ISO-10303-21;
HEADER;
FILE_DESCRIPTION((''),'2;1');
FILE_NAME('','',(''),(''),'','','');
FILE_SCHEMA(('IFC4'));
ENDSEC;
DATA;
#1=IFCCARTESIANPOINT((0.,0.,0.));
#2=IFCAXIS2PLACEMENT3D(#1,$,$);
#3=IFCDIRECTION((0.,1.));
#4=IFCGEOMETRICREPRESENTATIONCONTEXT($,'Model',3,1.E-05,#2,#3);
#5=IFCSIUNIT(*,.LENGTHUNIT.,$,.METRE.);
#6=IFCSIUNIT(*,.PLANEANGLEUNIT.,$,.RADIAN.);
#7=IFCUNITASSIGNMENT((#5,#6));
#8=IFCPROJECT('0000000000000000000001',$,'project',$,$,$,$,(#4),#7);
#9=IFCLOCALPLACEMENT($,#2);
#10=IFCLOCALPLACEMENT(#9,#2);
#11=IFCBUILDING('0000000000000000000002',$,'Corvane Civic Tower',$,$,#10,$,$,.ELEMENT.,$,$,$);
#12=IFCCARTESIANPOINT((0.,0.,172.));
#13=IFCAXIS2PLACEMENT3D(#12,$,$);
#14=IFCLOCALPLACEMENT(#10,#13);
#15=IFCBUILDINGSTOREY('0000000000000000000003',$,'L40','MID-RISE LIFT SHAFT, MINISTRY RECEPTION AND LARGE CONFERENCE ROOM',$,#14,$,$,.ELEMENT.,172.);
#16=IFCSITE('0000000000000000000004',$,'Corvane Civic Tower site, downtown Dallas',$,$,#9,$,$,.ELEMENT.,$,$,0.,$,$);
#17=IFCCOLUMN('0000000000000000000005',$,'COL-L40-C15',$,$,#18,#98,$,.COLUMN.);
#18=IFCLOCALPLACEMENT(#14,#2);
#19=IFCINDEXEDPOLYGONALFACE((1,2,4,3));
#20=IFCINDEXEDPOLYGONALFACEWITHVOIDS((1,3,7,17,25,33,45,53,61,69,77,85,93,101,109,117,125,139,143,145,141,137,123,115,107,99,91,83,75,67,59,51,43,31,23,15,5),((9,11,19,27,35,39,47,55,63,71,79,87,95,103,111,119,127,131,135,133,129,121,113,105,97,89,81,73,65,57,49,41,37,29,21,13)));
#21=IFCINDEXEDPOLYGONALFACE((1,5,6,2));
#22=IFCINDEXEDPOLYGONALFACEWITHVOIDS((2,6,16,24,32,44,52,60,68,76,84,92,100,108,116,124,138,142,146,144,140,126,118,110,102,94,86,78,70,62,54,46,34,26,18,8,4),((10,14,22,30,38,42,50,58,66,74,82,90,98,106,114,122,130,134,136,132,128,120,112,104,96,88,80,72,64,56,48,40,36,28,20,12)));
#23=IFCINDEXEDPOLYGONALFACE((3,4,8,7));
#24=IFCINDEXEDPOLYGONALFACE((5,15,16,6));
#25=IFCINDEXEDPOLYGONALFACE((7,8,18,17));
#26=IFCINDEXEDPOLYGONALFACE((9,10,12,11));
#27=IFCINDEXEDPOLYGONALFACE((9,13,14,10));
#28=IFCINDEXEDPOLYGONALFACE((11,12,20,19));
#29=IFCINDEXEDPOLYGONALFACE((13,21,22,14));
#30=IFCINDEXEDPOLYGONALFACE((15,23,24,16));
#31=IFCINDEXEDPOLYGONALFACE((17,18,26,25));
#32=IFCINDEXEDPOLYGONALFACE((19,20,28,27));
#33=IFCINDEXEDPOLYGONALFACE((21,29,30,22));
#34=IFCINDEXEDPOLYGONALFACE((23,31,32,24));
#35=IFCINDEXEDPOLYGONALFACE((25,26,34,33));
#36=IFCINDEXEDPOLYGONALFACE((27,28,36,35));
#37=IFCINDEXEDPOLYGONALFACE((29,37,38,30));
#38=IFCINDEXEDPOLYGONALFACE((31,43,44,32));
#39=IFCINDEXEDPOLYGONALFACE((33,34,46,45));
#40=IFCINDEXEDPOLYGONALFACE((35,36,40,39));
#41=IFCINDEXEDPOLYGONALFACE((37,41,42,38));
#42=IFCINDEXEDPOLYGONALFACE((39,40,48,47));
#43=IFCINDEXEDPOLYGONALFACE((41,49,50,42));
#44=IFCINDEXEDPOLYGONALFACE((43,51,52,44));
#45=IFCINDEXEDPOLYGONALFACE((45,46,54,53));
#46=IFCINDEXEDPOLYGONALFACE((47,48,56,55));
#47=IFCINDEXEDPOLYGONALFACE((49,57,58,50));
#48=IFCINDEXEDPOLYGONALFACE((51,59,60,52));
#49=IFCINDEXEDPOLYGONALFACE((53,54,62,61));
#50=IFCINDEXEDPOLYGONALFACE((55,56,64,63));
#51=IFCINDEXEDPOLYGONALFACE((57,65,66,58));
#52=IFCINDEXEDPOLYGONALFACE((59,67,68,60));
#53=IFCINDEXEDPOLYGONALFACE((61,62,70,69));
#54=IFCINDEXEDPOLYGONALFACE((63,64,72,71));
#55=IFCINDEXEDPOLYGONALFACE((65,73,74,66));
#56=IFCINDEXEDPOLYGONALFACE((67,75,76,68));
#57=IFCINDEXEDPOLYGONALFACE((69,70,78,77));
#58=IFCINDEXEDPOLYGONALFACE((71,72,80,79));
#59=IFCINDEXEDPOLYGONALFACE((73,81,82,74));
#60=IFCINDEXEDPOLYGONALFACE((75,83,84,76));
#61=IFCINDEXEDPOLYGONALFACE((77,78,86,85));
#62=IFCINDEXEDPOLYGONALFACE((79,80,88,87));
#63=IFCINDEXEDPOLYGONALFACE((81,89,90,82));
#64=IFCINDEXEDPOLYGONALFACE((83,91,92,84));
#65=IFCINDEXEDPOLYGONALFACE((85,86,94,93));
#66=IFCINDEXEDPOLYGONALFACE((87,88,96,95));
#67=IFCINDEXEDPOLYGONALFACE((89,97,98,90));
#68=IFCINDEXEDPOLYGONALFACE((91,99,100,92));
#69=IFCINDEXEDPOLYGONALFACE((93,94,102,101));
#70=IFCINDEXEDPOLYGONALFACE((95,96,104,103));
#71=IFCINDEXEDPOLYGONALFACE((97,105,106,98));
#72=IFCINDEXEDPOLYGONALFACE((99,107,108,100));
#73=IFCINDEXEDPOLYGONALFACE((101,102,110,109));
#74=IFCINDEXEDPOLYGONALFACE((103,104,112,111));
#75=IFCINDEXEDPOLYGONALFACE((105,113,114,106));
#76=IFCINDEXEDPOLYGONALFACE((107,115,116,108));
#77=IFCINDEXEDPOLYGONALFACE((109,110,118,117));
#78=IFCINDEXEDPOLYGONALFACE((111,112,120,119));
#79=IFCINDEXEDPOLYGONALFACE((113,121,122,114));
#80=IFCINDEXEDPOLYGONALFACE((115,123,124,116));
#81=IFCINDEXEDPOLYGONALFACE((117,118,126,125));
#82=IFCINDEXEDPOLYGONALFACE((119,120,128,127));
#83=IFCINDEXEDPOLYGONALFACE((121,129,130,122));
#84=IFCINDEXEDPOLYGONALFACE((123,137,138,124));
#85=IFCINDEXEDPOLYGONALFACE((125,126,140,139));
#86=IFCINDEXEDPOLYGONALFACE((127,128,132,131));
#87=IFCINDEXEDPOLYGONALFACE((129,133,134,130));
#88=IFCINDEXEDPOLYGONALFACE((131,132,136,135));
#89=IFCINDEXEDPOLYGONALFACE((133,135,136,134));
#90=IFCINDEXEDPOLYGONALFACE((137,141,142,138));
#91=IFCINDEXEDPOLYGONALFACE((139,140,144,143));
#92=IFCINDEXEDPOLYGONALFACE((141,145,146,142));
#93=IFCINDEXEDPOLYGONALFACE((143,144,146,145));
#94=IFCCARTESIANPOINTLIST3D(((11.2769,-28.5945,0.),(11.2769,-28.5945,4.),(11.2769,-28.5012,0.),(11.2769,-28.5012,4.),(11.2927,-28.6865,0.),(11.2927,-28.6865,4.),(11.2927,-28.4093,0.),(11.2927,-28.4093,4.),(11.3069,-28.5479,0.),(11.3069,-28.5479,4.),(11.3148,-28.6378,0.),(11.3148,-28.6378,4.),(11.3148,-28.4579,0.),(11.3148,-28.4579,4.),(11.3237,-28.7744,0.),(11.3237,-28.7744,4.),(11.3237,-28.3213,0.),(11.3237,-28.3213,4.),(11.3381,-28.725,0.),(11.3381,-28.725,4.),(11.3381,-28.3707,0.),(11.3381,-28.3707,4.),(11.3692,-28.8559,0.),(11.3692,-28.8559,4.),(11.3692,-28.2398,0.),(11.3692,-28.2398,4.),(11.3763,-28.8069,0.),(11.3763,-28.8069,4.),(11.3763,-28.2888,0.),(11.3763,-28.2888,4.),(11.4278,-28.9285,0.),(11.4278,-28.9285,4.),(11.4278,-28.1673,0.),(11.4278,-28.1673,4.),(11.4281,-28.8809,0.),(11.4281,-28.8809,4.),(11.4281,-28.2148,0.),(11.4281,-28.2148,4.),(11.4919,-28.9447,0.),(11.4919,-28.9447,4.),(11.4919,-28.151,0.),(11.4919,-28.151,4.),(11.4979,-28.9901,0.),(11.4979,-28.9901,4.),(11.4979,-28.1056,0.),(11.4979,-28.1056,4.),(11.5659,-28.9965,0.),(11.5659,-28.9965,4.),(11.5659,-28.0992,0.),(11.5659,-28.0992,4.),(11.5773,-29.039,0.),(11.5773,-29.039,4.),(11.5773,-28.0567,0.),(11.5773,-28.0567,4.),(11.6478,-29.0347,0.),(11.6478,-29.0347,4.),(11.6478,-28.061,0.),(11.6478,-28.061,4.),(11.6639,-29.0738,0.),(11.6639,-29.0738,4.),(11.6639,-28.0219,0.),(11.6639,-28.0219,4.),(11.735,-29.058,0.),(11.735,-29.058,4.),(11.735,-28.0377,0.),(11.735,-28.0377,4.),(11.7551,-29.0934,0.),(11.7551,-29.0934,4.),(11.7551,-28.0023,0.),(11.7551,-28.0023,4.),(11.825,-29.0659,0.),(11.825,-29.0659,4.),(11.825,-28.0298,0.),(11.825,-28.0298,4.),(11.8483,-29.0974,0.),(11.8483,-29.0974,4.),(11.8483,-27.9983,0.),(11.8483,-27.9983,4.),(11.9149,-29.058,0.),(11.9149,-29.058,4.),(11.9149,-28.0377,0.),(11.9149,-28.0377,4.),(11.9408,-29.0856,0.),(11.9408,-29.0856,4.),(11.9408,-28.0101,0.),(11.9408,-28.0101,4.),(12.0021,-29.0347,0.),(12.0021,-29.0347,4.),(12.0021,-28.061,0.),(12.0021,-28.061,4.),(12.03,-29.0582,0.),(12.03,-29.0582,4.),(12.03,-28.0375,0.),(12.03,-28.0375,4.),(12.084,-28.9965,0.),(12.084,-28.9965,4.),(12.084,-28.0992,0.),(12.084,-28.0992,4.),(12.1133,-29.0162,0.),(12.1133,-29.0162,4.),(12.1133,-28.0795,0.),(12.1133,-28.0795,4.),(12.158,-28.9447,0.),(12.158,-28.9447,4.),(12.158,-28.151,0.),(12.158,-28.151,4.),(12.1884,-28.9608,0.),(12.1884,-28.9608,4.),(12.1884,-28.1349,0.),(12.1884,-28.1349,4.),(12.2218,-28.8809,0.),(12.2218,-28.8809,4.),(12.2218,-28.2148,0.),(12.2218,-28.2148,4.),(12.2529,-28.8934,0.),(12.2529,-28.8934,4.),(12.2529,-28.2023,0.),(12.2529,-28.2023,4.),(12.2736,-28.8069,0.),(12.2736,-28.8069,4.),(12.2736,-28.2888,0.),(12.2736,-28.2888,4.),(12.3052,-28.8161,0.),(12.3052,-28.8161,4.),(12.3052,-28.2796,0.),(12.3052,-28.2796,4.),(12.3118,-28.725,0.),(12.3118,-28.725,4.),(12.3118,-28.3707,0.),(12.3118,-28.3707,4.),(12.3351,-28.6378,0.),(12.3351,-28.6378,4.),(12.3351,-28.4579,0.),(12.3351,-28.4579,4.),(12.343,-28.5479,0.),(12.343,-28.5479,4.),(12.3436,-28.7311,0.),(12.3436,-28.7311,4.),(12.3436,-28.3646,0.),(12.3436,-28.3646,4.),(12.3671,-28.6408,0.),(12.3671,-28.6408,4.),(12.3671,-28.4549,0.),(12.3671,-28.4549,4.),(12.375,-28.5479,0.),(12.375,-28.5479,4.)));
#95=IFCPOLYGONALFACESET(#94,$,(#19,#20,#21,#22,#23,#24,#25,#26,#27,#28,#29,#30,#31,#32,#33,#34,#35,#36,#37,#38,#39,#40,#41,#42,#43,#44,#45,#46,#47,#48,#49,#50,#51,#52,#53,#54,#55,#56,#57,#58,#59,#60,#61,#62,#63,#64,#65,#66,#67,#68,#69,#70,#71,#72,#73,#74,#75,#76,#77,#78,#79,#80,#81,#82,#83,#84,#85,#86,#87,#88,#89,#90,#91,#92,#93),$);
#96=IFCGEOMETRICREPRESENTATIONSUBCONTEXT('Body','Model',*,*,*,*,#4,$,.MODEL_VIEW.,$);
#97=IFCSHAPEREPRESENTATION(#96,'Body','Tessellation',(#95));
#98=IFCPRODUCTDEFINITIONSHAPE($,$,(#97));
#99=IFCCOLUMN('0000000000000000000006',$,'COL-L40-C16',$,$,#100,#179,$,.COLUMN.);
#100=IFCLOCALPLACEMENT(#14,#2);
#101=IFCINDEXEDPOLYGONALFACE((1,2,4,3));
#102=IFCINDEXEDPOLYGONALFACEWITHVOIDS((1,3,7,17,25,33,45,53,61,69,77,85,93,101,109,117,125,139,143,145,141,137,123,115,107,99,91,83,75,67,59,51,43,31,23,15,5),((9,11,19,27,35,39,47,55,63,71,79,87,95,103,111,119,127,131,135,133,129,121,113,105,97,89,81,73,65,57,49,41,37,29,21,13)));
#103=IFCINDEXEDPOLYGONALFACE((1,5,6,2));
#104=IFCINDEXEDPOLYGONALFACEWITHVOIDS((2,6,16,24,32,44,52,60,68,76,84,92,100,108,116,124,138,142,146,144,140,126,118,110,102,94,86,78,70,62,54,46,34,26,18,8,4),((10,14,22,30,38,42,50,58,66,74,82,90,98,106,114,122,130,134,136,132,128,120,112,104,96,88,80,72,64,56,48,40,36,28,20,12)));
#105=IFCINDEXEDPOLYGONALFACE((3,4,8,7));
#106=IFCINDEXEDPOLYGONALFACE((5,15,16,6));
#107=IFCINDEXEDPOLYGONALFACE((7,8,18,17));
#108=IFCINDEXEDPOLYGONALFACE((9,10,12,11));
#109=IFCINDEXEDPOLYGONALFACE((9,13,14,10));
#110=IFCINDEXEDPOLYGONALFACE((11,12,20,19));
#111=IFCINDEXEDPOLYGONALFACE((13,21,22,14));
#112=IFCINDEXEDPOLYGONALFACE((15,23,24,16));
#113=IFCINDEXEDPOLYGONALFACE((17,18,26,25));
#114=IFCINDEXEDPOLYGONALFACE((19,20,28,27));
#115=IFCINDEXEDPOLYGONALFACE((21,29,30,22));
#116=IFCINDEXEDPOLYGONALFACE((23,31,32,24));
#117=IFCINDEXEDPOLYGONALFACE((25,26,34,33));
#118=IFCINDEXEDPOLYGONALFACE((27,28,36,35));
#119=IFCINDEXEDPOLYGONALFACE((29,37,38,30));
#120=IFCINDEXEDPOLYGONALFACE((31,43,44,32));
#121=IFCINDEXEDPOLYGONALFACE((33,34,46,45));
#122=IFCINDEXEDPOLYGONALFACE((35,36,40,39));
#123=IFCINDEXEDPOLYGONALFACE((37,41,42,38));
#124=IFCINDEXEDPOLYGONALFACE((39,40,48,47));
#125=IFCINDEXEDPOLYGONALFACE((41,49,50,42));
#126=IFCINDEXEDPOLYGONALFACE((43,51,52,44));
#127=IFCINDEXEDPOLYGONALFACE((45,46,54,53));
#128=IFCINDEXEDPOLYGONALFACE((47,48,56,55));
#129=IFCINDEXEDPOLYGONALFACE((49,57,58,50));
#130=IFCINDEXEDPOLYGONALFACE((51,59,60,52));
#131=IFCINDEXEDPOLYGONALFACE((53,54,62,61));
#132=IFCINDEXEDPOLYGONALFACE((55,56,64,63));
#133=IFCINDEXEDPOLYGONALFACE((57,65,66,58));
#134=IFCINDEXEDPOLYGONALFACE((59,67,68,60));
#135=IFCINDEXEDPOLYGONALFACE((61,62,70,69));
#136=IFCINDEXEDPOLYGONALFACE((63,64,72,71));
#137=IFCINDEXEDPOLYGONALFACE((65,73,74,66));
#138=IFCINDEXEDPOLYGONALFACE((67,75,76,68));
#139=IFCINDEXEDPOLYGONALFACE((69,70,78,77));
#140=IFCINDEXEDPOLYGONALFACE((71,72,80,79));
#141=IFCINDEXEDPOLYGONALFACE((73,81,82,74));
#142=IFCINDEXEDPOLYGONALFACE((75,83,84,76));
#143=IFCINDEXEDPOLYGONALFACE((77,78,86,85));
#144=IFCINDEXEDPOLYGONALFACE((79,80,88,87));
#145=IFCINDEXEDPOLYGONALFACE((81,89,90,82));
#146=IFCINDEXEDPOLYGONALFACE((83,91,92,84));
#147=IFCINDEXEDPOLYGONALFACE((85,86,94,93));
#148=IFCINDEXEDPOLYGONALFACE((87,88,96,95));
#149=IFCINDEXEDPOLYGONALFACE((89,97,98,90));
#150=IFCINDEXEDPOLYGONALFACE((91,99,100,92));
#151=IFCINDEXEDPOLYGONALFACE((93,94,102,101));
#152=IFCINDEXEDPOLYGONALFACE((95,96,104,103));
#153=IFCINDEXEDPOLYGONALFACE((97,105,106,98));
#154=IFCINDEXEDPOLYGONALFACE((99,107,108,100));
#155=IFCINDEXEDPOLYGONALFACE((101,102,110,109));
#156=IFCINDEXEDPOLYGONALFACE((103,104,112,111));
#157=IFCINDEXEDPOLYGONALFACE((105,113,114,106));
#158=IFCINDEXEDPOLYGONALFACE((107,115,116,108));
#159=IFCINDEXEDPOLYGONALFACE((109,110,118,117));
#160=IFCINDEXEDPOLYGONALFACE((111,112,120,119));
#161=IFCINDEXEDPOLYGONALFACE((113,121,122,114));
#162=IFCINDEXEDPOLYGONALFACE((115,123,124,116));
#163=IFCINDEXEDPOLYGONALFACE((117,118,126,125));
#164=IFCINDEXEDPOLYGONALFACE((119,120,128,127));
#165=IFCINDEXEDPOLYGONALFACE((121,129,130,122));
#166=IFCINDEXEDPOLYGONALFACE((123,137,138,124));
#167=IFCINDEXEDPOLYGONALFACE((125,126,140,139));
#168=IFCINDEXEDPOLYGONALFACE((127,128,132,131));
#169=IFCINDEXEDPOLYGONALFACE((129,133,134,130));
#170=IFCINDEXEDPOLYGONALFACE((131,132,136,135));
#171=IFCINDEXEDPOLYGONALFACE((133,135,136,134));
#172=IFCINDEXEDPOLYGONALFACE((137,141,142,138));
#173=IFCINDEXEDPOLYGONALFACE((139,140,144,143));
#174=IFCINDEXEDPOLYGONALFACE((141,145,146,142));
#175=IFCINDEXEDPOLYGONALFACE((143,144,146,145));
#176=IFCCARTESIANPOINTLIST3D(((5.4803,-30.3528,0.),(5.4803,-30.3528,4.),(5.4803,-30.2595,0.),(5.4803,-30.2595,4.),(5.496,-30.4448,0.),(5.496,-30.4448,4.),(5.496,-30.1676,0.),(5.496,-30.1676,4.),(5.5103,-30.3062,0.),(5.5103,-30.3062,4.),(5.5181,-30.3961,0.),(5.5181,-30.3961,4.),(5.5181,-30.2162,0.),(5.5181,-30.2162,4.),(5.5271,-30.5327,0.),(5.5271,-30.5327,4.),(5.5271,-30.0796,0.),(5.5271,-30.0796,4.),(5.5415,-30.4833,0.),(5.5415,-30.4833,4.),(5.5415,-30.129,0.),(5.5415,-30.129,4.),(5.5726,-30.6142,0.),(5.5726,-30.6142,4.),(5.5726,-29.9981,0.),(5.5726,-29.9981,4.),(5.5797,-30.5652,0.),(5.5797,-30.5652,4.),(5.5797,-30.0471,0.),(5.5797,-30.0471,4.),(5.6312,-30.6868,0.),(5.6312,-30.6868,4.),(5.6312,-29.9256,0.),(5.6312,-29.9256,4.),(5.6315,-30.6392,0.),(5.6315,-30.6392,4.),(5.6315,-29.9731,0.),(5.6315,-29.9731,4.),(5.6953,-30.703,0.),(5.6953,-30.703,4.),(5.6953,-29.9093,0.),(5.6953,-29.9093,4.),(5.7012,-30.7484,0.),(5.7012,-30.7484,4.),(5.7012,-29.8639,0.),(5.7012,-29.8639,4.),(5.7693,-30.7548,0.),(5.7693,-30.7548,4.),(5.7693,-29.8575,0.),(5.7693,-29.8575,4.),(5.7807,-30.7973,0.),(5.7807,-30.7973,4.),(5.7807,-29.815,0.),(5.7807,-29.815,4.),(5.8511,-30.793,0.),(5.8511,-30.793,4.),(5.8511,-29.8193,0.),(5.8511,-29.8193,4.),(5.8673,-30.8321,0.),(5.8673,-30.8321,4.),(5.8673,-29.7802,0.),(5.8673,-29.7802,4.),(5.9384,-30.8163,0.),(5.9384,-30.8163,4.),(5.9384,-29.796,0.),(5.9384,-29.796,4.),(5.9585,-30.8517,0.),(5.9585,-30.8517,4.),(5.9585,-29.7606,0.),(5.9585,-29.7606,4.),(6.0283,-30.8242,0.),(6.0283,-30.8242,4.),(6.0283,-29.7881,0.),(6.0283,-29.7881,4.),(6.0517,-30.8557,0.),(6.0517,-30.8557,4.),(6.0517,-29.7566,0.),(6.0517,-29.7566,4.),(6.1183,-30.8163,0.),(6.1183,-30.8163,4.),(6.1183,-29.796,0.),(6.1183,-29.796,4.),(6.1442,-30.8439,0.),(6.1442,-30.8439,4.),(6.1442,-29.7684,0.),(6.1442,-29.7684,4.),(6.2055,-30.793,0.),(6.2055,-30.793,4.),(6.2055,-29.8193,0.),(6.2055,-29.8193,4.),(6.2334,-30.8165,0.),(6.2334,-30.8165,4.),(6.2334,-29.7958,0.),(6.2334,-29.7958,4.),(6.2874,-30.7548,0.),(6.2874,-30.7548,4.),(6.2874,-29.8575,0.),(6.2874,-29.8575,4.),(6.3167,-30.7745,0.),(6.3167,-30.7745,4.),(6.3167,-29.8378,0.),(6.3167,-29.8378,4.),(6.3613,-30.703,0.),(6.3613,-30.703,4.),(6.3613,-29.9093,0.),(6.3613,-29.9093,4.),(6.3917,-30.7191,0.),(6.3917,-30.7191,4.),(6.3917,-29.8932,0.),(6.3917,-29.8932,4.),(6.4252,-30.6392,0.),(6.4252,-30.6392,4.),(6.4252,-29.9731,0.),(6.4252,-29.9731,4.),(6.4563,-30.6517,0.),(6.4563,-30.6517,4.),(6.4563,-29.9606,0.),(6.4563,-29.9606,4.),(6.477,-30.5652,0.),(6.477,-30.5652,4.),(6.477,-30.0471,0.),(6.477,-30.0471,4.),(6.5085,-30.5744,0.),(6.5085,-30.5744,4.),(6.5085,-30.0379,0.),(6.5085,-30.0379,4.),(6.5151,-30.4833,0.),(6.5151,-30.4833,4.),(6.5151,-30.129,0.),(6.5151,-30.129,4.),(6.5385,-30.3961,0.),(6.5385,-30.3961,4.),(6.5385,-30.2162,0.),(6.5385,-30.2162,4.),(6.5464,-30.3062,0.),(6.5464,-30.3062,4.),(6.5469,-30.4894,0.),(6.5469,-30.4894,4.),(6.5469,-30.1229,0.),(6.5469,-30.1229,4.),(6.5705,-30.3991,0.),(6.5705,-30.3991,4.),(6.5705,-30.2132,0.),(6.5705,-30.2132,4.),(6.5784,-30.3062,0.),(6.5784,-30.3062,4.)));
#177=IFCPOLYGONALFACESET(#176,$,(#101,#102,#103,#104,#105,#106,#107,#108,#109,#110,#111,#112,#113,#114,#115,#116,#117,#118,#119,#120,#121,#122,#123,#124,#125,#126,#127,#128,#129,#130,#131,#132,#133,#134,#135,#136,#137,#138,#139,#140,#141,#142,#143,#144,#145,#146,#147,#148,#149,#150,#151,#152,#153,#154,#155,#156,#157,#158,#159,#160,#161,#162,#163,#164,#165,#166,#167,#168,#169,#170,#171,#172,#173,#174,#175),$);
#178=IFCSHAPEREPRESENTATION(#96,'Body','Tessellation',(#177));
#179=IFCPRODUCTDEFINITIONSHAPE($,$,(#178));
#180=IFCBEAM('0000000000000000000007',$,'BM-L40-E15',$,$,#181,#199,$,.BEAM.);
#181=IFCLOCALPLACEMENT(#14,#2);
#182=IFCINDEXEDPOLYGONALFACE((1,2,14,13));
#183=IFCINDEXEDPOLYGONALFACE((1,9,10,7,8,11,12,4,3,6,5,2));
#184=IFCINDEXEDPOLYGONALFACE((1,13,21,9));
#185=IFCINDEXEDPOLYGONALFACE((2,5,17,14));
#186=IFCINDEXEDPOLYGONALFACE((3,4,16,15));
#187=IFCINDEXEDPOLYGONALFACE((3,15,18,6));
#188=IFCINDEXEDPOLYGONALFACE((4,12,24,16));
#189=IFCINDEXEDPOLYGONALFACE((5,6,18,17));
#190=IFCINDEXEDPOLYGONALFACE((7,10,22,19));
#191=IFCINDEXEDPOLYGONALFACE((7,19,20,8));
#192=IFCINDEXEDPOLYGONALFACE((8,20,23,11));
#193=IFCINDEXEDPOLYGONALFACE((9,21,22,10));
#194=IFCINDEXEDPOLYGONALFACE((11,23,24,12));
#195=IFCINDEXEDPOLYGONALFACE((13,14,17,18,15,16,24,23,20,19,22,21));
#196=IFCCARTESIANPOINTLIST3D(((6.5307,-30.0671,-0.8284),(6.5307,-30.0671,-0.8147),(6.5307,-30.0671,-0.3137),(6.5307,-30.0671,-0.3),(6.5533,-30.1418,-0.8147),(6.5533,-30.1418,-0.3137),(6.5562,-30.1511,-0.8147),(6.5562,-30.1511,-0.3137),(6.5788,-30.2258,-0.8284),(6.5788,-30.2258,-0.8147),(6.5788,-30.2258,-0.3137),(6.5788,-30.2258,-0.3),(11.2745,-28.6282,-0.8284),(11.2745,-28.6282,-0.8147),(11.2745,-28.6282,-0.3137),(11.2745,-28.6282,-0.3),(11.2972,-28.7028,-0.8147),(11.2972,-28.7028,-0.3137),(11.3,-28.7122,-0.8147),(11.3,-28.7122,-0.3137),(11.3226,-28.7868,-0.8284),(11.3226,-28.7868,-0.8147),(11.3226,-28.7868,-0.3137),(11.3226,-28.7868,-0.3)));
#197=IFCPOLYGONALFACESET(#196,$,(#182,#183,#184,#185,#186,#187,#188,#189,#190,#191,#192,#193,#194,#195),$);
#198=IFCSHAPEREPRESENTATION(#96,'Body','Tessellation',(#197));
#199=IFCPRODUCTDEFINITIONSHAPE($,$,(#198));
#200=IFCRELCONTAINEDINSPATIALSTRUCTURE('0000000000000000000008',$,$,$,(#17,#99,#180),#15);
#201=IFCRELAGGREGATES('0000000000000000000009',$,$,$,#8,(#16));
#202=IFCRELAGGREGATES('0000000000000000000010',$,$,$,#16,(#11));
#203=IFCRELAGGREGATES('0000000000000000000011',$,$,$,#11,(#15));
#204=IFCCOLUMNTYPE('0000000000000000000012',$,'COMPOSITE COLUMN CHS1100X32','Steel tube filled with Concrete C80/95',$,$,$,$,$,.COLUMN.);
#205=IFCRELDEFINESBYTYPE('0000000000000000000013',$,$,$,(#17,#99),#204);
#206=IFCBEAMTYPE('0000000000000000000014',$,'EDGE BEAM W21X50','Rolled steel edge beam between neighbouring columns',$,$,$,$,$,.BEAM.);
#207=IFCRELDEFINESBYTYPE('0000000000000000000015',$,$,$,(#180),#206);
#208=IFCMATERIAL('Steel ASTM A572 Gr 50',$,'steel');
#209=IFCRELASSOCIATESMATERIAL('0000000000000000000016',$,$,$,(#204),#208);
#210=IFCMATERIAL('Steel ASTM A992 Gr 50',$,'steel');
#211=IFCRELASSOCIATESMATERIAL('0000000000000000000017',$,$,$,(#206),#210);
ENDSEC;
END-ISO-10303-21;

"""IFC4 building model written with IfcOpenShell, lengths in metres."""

from ifc_helpers import new_model, si_unit, direction, frame, origin, origin_2d, place, context, subcontext, project, spatial, hollow_circle, i_section, extrude, material, material_profile, profile_set, type_object, element, save


model = new_model("IFC4")

# Units and contexts
model_context = context("Model", 3, precision=1e-05, world=origin(), true_north=direction((0.0, 1.0)))
body_context = subcontext(model_context, "Body", "Model", "MODEL_VIEW")
ifc_project = project(units=[si_unit("LENGTHUNIT", "METRE"), si_unit("PLANEANGLEUNIT", "RADIAN")], contexts=[model_context])

# Site, building, storey
site_placement = place(None, origin())
site = spatial("IfcSite", under=ifc_project, at=site_placement, Name="Corvane Civic Tower site, downtown Dallas", CompositionType="ELEMENT", RefElevation=0.0)
building_placement = place(site_placement, origin())
building = spatial("IfcBuilding", under=site, at=building_placement, Name="Corvane Civic Tower", CompositionType="ELEMENT")
storey_placement = place(building_placement, frame((0.0, 0.0, 172.0)))
storey = spatial("IfcBuildingStorey", under=building, at=storey_placement, Name="L40", Description="MID-RISE LIFT SHAFT, MINISTRY RECEPTION AND LARGE CONFERENCE ROOM", CompositionType="ELEMENT", Elevation=172.0)

# Columns
ifc_material_1 = material(Name="Steel ASTM A572 Gr 50", Category="steel")
ifc_material_profile_1 = material_profile(ifc_material_1, hollow_circle(Radius=0.55, WallThickness=0.032, at=origin_2d()), Name="CHS1100X32")
ifc_profile_set_1 = profile_set([ifc_material_profile_1], Name="Steel ASTM A572 Gr 50")
column_type = type_object("IfcColumnType", Name="COMPOSITE COLUMN CHS1100X32", Description="Steel tube filled with Concrete C80/95", PredefinedType="COLUMN", material=ifc_profile_set_1)
for number, where, z_axis, x_axis, name in (
    (1, (11.825, -28.5479, 0.0), (0.0, 0.0, 1.0), (1.0, 0.0, 0.0), "COL-L40-C15"),
    (2, (6.0283, -30.3062, 0.0), (0.0, 0.0, 1.0), (1.0, 0.0, 0.0), "COL-L40-C16"),
):
    element("IfcColumn", number, at=place(storey_placement, frame(where, z_axis=z_axis, x_axis=x_axis)), inside=storey, type_object=column_type, Name=name, PredefinedType="COLUMN", context=body_context, shape_type="SweptSolid", body=[
        extrude(hollow_circle(Radius=0.55, WallThickness=0.032, at=origin_2d()), origin(), (0.0, 0.0, 1.0), 4.0),
    ])

# Beam
ifc_material_2 = material(Name="Steel ASTM A992 Gr 50", Category="steel")
ifc_material_profile_2 = material_profile(ifc_material_2, i_section(OverallWidth=0.1658, OverallDepth=0.5283, WebThickness=0.0098, FlangeThickness=0.0137, at=origin_2d()), Name="W21X50")
ifc_profile_set_2 = profile_set([ifc_material_profile_2], Name="Steel ASTM A992 Gr 50")
beam_type_1 = type_object("IfcBeamType", Name="EDGE BEAM W21X50", Description="Rolled steel edge beam between neighbouring columns", PredefinedType="BEAM", material=ifc_profile_set_2)
beam_1_placement = place(storey_placement, frame((11.2986, -28.7075, -0.5642), z_axis=(-0.956945, -0.29027, 0.0), x_axis=(0.29027, -0.956945, 0.0)))
element("IfcBeam", 3, at=beam_1_placement, inside=storey, type_object=beam_type_1, Name="BM-L40-E15", PredefinedType="BEAM", context=body_context, shape_type="SweptSolid", body=[
    extrude(i_section(OverallWidth=0.1658, OverallDepth=0.5283, WebThickness=0.0098, FlangeThickness=0.0137, at=origin_2d()), origin(), (0.0, 0.0, 1.0), 4.9573),
])

save(model, "model.ifc")
